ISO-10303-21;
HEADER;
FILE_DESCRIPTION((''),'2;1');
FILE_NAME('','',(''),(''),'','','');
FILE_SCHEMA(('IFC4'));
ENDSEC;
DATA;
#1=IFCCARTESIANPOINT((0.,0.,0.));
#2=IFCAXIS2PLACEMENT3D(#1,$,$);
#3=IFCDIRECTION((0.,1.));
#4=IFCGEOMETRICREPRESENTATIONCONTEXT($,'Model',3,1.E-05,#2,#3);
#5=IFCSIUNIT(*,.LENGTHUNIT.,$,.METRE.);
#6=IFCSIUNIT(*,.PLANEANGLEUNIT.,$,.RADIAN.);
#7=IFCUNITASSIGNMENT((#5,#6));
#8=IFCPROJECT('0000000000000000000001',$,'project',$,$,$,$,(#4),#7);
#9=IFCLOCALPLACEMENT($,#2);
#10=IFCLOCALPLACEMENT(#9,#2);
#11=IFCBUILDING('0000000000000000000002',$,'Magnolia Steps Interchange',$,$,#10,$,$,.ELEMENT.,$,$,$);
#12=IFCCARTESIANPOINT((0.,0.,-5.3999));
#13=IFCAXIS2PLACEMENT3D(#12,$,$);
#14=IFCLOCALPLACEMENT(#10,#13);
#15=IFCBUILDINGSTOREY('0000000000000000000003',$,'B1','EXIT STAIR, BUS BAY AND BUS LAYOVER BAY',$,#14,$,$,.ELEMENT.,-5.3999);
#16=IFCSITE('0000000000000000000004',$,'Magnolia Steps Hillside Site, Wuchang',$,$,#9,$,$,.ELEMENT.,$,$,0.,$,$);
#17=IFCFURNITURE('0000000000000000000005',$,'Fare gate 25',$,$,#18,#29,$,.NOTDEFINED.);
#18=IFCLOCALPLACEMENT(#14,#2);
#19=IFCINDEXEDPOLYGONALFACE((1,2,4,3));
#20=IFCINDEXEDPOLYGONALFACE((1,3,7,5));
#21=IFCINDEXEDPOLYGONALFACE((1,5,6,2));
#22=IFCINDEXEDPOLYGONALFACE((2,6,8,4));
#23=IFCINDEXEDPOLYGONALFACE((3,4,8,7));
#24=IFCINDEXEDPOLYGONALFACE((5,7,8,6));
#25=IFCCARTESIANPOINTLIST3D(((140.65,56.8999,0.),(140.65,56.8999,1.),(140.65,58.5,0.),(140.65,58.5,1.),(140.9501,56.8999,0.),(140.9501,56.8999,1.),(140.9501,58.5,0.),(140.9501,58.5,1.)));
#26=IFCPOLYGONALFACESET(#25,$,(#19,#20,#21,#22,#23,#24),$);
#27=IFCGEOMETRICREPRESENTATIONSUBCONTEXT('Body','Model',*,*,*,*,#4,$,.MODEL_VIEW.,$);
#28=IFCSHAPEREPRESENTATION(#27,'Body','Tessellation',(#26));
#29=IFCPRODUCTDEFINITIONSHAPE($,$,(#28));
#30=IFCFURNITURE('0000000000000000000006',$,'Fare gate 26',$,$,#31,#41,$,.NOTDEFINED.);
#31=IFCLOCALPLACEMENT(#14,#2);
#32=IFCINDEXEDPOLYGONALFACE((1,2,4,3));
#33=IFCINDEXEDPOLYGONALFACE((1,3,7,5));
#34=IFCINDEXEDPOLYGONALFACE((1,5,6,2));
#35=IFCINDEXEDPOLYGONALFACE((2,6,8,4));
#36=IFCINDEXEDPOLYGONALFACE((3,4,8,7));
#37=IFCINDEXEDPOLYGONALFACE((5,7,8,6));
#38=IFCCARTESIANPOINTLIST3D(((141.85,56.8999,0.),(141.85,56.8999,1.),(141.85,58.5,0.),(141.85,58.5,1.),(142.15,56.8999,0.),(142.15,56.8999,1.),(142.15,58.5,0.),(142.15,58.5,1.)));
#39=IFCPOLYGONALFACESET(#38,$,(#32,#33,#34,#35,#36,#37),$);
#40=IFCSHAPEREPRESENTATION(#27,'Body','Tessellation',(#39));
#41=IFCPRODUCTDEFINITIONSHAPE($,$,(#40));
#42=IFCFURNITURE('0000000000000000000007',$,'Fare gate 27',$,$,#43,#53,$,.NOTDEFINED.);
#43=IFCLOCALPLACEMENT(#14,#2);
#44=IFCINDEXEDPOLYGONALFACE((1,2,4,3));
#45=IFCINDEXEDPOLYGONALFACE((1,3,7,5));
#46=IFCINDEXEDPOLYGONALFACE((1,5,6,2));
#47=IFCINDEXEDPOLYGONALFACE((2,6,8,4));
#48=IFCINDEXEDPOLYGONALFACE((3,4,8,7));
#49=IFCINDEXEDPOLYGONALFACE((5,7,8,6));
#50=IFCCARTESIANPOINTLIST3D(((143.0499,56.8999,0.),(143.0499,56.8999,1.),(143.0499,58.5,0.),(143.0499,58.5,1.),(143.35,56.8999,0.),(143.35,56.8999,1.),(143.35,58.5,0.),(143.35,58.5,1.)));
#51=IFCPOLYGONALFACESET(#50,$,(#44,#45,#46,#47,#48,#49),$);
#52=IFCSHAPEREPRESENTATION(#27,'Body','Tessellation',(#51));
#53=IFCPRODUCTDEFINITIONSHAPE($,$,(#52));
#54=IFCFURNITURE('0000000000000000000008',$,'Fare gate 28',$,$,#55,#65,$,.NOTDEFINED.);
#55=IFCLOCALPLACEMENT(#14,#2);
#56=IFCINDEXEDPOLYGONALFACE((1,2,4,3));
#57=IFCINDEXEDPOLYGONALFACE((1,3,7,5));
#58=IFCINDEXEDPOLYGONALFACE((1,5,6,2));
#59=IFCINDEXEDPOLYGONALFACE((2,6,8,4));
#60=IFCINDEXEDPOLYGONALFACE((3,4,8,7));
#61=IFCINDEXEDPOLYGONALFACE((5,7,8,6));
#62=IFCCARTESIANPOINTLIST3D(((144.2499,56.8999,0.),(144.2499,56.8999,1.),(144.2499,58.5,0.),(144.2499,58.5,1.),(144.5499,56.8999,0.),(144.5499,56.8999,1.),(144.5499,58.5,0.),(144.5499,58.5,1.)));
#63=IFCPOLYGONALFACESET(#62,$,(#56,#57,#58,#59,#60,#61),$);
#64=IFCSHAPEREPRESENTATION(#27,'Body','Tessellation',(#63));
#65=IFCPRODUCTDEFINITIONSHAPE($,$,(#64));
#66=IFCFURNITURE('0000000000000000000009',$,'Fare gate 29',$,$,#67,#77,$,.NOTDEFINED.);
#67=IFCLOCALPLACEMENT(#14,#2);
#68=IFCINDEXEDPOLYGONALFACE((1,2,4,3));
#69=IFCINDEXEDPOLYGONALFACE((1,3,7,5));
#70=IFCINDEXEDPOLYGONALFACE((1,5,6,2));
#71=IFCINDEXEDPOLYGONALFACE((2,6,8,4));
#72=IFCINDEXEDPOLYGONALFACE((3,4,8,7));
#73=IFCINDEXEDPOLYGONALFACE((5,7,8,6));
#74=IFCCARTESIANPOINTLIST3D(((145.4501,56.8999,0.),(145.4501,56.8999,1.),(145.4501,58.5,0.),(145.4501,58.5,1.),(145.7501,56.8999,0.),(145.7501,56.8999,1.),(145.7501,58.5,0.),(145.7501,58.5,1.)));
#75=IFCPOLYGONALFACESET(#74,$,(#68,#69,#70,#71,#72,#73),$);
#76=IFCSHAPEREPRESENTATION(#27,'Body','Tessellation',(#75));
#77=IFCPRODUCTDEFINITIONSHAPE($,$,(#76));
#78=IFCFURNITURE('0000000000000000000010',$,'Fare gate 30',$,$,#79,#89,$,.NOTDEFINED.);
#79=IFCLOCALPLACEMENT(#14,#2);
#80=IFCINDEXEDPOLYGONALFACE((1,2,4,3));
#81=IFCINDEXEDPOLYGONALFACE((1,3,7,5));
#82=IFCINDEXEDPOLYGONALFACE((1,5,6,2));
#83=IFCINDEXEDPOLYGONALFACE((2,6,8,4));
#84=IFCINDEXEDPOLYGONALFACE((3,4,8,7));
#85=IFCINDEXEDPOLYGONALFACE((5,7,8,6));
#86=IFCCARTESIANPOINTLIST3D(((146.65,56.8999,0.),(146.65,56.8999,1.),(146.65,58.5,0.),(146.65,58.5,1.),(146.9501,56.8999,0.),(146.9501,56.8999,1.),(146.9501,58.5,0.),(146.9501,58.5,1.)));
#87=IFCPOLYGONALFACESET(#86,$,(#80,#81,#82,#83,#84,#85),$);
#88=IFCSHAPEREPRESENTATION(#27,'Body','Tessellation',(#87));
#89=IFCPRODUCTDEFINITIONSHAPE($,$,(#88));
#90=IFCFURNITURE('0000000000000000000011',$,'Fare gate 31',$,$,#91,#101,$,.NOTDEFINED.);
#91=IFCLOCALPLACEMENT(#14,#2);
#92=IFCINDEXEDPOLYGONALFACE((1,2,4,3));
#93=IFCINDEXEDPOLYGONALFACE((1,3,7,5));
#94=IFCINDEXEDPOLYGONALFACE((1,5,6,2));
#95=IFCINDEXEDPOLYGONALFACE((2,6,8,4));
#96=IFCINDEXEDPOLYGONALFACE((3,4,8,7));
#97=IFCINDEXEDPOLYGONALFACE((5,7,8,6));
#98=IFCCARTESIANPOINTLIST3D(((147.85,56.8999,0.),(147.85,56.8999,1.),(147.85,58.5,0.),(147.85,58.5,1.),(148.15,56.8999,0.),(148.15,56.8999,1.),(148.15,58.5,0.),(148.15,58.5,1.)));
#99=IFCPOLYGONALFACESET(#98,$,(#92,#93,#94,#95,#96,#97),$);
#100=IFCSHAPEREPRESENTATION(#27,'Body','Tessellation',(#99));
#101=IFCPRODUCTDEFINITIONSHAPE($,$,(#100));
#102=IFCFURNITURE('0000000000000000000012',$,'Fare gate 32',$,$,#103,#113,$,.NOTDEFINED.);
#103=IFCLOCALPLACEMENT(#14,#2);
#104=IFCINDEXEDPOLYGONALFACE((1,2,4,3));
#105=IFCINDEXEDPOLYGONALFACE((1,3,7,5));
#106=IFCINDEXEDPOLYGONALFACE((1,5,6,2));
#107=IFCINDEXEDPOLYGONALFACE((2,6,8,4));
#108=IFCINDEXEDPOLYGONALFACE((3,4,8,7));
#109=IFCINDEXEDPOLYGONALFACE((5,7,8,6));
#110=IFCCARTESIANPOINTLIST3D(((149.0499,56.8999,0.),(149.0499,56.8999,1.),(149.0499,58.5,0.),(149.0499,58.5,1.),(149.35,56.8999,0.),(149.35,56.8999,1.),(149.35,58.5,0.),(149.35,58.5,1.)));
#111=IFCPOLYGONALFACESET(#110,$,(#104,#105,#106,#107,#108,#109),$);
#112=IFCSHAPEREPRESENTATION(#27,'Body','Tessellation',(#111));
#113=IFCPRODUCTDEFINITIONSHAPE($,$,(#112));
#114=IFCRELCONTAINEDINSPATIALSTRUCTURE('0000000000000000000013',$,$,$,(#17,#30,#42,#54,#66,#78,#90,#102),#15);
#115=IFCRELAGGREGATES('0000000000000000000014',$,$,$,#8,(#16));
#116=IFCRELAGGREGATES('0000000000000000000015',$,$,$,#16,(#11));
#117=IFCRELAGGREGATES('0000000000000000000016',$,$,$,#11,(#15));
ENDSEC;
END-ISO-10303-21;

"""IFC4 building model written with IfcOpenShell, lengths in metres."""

from ifc_helpers import new_model, si_unit, direction, frame, origin, origin_2d, place, context, subcontext, project, spatial, rectangle, extrude, element, save


model = new_model("IFC4")

# Units and contexts
model_context = context("Model", 3, precision=1e-05, world=origin(), true_north=direction((0.0, 1.0)))
body_context = subcontext(model_context, "Body", "Model", "MODEL_VIEW")
ifc_project = project(units=[si_unit("LENGTHUNIT", "METRE"), si_unit("PLANEANGLEUNIT", "RADIAN")], contexts=[model_context])

# Site, building, storey
site_placement = place(None, origin())
site = spatial("IfcSite", under=ifc_project, at=site_placement, Name="Magnolia Steps Hillside Site, Wuchang", CompositionType="ELEMENT", RefElevation=0.0)
building_placement = place(site_placement, origin())
building = spatial("IfcBuilding", under=site, at=building_placement, Name="Magnolia Steps Interchange", CompositionType="ELEMENT")
storey_placement = place(building_placement, frame((0.0, 0.0, -5.3999)))
storey = spatial("IfcBuildingStorey", under=building, at=storey_placement, Name="B1", Description="EXIT STAIR, BUS BAY AND BUS LAYOVER BAY", CompositionType="ELEMENT", Elevation=-5.3999)

# Furniture
for number, where, z_axis, x_axis, name in (
    (1, (140.8, 57.7, 0.0), (0.0, 0.0, 1.0), (1.0, 0.0, 0.0), "Fare gate 25"),
    (2, (142.0, 57.7, 0.0), (0.0, 0.0, 1.0), (1.0, 0.0, 0.0), "Fare gate 26"),
    (3, (143.2, 57.7, 0.0), (0.0, 0.0, 1.0), (1.0, 0.0, 0.0), "Fare gate 27"),
    (4, (144.3999, 57.7, 0.0), (0.0, 0.0, 1.0), (1.0, 0.0, 0.0), "Fare gate 28"),
    (5, (145.6001, 57.7, 0.0), (0.0, 0.0, 1.0), (1.0, 0.0, 0.0), "Fare gate 29"),
    (6, (146.8, 57.7, 0.0), (0.0, 0.0, 1.0), (1.0, 0.0, 0.0), "Fare gate 30"),
    (7, (148.0, 57.7, 0.0), (0.0, 0.0, 1.0), (1.0, 0.0, 0.0), "Fare gate 31"),
    (8, (149.2, 57.7, 0.0), (0.0, 0.0, 1.0), (1.0, 0.0, 0.0), "Fare gate 32"),
):
    element("IfcFurniture", number, at=place(storey_placement, frame(where, z_axis=z_axis, x_axis=x_axis)), inside=storey, Name=name, PredefinedType="NOTDEFINED", context=body_context, shape_type="SweptSolid", body=[
        extrude(rectangle(XDim=0.3, YDim=1.6001, at=origin_2d()), origin(), (0.0, 0.0, 1.0), 1.0),
    ])

save(model, "model.ifc")
